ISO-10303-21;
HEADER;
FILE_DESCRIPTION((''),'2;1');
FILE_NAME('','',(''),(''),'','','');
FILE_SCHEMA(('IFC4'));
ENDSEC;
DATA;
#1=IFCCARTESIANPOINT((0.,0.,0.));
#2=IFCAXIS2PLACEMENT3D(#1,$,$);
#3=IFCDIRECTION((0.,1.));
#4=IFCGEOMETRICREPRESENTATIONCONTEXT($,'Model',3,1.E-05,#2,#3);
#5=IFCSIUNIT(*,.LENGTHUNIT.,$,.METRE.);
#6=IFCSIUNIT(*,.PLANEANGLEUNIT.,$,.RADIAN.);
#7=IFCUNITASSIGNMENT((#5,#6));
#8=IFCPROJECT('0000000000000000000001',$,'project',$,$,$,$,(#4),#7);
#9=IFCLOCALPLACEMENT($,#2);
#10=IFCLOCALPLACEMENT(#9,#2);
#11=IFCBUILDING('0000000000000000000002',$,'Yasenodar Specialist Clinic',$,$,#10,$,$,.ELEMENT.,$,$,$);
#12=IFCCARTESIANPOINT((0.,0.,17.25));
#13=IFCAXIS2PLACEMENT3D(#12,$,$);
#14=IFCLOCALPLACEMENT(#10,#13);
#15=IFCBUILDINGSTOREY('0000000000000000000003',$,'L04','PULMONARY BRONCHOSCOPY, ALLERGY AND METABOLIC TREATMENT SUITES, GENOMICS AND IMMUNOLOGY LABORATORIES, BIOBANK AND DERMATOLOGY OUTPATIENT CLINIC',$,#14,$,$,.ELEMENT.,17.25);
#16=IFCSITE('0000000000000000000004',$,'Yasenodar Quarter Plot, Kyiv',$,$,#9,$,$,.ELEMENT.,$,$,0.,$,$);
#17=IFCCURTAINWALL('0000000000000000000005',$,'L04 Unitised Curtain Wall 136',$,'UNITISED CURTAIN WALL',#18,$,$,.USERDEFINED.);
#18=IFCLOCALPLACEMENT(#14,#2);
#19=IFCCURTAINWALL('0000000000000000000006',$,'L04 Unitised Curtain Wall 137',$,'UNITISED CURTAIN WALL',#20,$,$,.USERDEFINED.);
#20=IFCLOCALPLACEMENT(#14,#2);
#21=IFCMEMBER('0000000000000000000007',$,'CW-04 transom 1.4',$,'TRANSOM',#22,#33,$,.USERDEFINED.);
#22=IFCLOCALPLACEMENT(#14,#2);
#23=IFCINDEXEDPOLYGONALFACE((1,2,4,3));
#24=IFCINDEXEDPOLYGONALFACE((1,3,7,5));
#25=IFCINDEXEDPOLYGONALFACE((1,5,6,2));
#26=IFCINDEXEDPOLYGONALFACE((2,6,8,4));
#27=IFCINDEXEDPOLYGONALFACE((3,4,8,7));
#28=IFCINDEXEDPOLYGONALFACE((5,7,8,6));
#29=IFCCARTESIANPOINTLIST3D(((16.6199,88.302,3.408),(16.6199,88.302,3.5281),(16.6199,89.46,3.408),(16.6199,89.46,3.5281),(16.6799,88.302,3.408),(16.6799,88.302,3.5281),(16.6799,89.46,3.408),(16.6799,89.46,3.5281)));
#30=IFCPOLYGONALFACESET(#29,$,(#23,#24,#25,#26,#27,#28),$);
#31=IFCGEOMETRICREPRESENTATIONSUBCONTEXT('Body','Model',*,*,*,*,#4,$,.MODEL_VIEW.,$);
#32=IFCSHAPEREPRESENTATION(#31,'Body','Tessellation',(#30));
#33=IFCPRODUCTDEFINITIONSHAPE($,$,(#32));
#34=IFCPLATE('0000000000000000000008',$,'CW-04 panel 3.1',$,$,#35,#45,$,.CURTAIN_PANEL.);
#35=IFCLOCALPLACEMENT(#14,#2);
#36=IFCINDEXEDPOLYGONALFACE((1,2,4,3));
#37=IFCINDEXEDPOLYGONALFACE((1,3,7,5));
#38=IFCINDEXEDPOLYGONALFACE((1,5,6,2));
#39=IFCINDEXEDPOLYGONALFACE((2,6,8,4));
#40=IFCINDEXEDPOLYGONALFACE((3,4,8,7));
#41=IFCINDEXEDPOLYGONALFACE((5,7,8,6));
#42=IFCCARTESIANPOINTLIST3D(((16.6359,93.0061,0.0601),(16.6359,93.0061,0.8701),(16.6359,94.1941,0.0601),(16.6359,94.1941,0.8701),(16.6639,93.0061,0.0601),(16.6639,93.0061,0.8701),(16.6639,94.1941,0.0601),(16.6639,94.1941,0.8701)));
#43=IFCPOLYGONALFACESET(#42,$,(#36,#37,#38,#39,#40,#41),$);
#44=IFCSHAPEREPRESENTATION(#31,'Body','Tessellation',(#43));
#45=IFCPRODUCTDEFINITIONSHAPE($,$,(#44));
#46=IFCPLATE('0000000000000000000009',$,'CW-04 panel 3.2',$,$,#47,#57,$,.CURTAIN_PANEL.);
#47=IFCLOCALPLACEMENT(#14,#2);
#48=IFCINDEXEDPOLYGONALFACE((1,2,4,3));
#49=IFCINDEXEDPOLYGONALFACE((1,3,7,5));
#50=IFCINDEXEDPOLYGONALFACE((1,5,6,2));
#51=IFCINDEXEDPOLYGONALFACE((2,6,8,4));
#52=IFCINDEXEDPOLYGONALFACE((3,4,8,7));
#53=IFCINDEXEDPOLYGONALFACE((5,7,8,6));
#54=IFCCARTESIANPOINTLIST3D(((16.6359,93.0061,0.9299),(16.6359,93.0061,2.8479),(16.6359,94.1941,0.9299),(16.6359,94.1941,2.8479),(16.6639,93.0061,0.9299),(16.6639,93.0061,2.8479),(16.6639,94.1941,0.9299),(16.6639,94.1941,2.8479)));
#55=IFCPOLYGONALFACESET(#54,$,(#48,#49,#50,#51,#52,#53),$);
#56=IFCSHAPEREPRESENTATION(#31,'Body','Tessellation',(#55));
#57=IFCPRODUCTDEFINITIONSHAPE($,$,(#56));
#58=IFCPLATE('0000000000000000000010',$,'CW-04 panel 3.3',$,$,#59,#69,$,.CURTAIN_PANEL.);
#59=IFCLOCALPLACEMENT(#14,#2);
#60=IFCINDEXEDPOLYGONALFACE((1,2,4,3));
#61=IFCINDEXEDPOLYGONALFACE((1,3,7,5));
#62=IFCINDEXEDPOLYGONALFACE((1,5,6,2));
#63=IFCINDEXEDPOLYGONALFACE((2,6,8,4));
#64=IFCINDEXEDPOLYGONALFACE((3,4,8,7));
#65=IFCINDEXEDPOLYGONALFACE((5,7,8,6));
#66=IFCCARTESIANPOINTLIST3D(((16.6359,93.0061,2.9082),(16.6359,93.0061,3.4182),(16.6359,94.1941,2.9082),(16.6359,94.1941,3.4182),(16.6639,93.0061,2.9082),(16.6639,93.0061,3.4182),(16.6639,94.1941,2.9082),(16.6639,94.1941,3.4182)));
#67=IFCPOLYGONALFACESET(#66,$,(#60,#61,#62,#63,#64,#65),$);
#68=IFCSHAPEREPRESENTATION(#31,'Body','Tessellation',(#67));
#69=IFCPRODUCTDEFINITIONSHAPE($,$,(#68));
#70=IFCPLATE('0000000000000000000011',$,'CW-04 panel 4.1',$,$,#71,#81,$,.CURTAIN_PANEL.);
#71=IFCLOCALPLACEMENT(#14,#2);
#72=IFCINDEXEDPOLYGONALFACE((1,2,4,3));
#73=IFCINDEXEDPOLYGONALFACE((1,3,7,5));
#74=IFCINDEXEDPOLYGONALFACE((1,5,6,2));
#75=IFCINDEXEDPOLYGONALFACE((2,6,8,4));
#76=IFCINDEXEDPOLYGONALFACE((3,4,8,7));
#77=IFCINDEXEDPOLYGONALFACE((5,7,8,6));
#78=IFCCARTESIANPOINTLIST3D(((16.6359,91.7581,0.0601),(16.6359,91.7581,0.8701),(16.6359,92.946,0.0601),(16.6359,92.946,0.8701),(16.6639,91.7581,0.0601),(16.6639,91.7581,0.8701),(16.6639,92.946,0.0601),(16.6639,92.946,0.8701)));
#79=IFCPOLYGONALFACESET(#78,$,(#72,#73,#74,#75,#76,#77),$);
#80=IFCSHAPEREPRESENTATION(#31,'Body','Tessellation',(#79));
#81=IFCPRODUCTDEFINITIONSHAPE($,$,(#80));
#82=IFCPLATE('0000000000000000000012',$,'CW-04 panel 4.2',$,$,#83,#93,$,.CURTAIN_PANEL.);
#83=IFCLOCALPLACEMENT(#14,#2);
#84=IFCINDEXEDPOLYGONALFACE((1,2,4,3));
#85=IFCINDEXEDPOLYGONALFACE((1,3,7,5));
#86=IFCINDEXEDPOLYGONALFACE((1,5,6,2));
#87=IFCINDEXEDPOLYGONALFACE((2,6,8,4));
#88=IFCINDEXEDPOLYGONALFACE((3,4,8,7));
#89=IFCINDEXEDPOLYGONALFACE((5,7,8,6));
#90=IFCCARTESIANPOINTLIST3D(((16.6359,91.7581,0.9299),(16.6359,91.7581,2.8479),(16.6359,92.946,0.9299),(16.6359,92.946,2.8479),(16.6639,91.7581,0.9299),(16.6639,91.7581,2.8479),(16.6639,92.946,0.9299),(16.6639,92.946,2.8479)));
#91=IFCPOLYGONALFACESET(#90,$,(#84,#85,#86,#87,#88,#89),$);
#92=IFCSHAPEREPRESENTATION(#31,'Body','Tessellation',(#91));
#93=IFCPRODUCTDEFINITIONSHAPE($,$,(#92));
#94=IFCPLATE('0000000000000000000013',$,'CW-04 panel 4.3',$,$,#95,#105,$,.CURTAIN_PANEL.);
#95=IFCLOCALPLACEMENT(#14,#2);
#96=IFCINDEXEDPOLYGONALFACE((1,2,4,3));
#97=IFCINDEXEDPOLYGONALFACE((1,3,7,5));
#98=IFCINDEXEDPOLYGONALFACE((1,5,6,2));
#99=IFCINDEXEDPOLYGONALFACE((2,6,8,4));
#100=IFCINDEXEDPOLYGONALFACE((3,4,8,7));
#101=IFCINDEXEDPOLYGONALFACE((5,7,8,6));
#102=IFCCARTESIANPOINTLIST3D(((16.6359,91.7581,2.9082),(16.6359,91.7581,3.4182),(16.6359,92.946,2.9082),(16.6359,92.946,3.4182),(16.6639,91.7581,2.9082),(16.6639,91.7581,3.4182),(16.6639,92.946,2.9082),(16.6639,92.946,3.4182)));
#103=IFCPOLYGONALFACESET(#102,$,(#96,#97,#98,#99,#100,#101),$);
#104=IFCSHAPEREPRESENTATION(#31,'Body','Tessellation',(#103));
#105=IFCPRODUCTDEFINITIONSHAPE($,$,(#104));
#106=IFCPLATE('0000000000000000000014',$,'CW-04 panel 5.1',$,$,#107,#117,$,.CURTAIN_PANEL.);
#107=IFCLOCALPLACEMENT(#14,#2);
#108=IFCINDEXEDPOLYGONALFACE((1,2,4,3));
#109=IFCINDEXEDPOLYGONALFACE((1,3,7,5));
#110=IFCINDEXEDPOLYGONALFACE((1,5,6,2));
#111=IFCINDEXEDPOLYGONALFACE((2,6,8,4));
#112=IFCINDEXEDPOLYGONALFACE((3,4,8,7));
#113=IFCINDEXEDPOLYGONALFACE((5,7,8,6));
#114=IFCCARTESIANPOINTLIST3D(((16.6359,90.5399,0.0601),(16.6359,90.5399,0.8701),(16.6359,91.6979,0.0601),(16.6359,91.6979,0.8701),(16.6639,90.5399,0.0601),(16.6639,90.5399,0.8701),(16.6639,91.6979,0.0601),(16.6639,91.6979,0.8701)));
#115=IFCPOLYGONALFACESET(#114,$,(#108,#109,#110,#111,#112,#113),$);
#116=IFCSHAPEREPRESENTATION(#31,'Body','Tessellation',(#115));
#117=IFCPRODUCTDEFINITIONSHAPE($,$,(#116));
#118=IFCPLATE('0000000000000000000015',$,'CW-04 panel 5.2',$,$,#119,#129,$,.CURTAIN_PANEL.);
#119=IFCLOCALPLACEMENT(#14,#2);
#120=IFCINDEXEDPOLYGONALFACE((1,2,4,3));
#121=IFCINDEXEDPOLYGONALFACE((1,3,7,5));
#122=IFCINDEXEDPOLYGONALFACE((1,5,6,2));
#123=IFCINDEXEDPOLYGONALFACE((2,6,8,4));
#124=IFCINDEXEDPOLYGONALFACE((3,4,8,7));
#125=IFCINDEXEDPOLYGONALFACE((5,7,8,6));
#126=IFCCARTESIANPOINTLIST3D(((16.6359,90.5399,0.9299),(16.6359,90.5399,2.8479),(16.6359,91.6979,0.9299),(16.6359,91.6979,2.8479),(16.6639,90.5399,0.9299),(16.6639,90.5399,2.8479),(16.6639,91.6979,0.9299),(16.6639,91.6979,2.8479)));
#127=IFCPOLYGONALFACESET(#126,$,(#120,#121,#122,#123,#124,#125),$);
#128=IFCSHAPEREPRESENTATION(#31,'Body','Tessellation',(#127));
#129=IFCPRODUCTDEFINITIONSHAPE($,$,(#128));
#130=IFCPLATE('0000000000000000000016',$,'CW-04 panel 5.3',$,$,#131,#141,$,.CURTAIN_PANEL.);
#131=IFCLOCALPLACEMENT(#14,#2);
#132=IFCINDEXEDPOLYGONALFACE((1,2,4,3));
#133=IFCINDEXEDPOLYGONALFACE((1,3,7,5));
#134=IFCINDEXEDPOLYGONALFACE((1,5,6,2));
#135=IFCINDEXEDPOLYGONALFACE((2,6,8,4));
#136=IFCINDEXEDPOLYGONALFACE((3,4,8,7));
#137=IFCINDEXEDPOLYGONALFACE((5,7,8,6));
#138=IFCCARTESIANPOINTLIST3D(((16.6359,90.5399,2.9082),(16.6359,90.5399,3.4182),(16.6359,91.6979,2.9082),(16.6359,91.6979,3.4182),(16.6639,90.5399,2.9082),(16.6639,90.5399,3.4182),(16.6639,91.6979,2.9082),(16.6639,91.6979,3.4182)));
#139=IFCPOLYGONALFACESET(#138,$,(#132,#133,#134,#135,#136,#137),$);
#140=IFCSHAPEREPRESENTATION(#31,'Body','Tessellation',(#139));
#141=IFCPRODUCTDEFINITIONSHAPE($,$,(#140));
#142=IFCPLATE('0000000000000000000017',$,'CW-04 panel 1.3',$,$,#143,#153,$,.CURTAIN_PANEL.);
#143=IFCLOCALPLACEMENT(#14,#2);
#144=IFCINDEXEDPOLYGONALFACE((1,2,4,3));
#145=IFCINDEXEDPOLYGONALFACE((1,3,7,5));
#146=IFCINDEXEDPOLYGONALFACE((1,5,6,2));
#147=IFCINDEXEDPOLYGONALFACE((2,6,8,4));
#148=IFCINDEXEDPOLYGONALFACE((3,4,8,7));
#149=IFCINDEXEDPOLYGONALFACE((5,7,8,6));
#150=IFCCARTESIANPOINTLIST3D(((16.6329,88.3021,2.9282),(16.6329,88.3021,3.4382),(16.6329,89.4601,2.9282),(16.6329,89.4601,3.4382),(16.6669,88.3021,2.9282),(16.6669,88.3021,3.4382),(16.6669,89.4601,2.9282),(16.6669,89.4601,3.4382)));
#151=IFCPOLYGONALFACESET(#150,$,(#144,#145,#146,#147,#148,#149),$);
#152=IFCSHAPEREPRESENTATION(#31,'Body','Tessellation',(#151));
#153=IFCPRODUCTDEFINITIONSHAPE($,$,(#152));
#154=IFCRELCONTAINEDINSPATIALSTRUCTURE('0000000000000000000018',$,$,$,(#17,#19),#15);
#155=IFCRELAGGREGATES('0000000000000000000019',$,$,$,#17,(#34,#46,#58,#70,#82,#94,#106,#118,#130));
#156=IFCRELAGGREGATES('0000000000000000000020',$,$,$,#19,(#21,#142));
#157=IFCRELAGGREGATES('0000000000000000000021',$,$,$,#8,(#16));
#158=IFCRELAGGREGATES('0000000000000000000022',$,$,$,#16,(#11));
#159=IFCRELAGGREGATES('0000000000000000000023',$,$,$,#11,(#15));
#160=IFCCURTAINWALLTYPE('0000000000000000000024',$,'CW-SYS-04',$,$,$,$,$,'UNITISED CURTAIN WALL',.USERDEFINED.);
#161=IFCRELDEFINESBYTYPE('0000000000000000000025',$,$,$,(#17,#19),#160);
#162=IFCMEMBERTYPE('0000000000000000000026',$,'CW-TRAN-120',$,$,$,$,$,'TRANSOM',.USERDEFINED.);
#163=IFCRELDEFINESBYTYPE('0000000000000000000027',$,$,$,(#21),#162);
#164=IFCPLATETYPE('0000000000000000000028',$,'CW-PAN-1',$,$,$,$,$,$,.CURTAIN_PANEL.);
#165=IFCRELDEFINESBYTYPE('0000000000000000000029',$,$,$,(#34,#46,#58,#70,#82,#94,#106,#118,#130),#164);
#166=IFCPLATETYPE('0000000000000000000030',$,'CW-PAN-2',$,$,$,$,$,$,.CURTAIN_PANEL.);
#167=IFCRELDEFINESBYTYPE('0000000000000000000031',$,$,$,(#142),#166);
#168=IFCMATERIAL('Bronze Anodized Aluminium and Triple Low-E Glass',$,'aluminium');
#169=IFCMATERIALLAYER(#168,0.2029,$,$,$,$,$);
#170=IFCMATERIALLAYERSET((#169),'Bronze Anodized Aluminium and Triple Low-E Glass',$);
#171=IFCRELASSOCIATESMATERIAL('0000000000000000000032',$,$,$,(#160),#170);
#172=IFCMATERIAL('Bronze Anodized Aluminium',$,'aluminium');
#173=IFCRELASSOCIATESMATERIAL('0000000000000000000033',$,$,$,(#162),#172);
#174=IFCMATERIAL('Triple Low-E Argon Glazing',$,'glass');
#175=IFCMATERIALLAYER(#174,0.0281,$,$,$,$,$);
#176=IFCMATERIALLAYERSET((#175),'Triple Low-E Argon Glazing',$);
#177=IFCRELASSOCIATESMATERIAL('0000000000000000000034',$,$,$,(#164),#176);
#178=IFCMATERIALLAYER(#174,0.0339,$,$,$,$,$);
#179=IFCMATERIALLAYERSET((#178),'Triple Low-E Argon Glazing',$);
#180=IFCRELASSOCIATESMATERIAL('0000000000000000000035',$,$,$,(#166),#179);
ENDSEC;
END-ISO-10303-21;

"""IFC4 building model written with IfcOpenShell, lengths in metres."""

from ifc_helpers import new_model, si_unit, direction, frame, origin, origin_2d, place, context, subcontext, project, spatial, rectangle, extrude, material, layer, layer_set, material_profile, profile_set, type_object, element, aggregate, save


model = new_model("IFC4")

# Units and contexts
model_context = context("Model", 3, precision=1e-05, world=origin(), true_north=direction((0.0, 1.0)))
body_context = subcontext(model_context, "Body", "Model", "MODEL_VIEW")
ifc_project = project(units=[si_unit("LENGTHUNIT", "METRE"), si_unit("PLANEANGLEUNIT", "RADIAN")], contexts=[model_context])

# Site, building, storey
site_placement = place(None, origin())
site = spatial("IfcSite", under=ifc_project, at=site_placement, Name="Yasenodar Quarter Plot, Kyiv", CompositionType="ELEMENT", RefElevation=0.0)
building_placement = place(site_placement, origin())
building = spatial("IfcBuilding", under=site, at=building_placement, Name="Yasenodar Specialist Clinic", CompositionType="ELEMENT")
storey_placement = place(building_placement, frame((0.0, 0.0, 17.25)))
storey = spatial("IfcBuildingStorey", under=building, at=storey_placement, Name="L04", Description="PULMONARY BRONCHOSCOPY, ALLERGY AND METABOLIC TREATMENT SUITES, GENOMICS AND IMMUNOLOGY LABORATORIES, BIOBANK AND DERMATOLOGY OUTPATIENT CLINIC", CompositionType="ELEMENT", Elevation=17.25)

# Curtain wall
ifc_material_1 = material(Name="Bronze Anodized Aluminium and Triple Low-E Glass", Category="aluminium")
ifc_layer_1 = layer(ifc_material_1, 0.2029)
ifc_layer_set_1 = layer_set([ifc_layer_1], Name="Bronze Anodized Aluminium and Triple Low-E Glass")
curtain_wall_type = type_object("IfcCurtainWallType", Name="CW-SYS-04", ElementType="UNITISED CURTAIN WALL", PredefinedType="USERDEFINED", material=ifc_layer_set_1)
curtain_wall_1_placement = place(storey_placement, origin())
curtain_wall_1 = element("IfcCurtainWall", 1, at=curtain_wall_1_placement, inside=storey, type_object=curtain_wall_type, Name="L04 Unitised Curtain Wall 136", ObjectType="UNITISED CURTAIN WALL", PredefinedType="USERDEFINED")
ifc_material_2 = material(Name="Bronze Anodized Aluminium", Category="aluminium")

# Curtain wall
curtain_wall_2_placement = place(storey_placement, origin())
curtain_wall_2 = element("IfcCurtainWall", 2, at=curtain_wall_2_placement, inside=storey, type_object=curtain_wall_type, Name="L04 Unitised Curtain Wall 137", ObjectType="UNITISED CURTAIN WALL", PredefinedType="USERDEFINED")

# Member
ifc_material_profile_1 = material_profile(ifc_material_2, rectangle(XDim=0.0601, YDim=0.1201, at=origin_2d()), Name="CW-TRAN 60x120")
ifc_profile_set_1 = profile_set([ifc_material_profile_1], Name="Bronze Anodized Aluminium")
member_type_1 = type_object("IfcMemberType", Name="CW-TRAN-120", ElementType="TRANSOM", PredefinedType="USERDEFINED", material=ifc_profile_set_1)
member_1_placement = place(storey_placement, frame((16.6499, 89.46, 3.468), z_axis=(0.0, -1.0, 0.0), x_axis=(1.0, 0.0, 0.0)))
member_1 = element("IfcMember", 3, at=member_1_placement, type_object=member_type_1, Name="CW-04 transom 1.4", ObjectType="TRANSOM", PredefinedType="USERDEFINED", context=body_context, shape_type="SweptSolid", body=[
    extrude(rectangle(XDim=0.0601, YDim=0.1201, at=origin_2d()), origin(), (0.0, 0.0, 1.0), 1.158),
])

# Plates
ifc_material_3 = material(Name="Triple Low-E Argon Glazing", Category="glass")
ifc_layer_2 = layer(ifc_material_3, 0.0281)
ifc_layer_set_2 = layer_set([ifc_layer_2], Name="Triple Low-E Argon Glazing")
plate_type_1 = type_object("IfcPlateType", Name="CW-PAN-1", PredefinedType="CURTAIN_PANEL", material=ifc_layer_set_2)
plate_1_placement = place(storey_placement, frame((16.6499, 93.6001, 0.0601), z_axis=(0.0, 0.0, 1.0), x_axis=(0.0, -1.0, 0.0)))
plate_1 = element("IfcPlate", 4, at=plate_1_placement, type_object=plate_type_1, Name="CW-04 panel 3.1", PredefinedType="CURTAIN_PANEL", context=body_context, shape_type="SweptSolid", body=[
    extrude(rectangle(XDim=1.188, YDim=0.0281, at=origin_2d()), origin(), (0.0, 0.0, 1.0), 0.8101),
])
plate_2_placement = place(storey_placement, frame((16.6499, 93.6001, 0.9299), z_axis=(0.0, 0.0, 1.0), x_axis=(0.0, -1.0, 0.0)))
plate_2 = element("IfcPlate", 5, at=plate_2_placement, type_object=plate_type_1, Name="CW-04 panel 3.2", PredefinedType="CURTAIN_PANEL", context=body_context, shape_type="SweptSolid", body=[
    extrude(rectangle(XDim=1.188, YDim=0.0281, at=origin_2d()), origin(), (0.0, 0.0, 1.0), 1.918),
])
plate_3_placement = place(storey_placement, frame((16.6499, 93.6001, 2.9082), z_axis=(0.0, 0.0, 1.0), x_axis=(0.0, -1.0, 0.0)))
plate_3 = element("IfcPlate", 6, at=plate_3_placement, type_object=plate_type_1, Name="CW-04 panel 3.3", PredefinedType="CURTAIN_PANEL", context=body_context, shape_type="SweptSolid", body=[
    extrude(rectangle(XDim=1.188, YDim=0.0281, at=origin_2d()), origin(), (0.0, 0.0, 1.0), 0.51),
])
plate_4_placement = place(storey_placement, frame((16.6499, 92.3521, 0.0601), z_axis=(0.0, 0.0, 1.0), x_axis=(0.0, -1.0, 0.0)))
plate_4 = element("IfcPlate", 7, at=plate_4_placement, type_object=plate_type_1, Name="CW-04 panel 4.1", PredefinedType="CURTAIN_PANEL", context=body_context, shape_type="SweptSolid", body=[
    extrude(rectangle(XDim=1.188, YDim=0.0281, at=origin_2d()), origin(), (0.0, 0.0, 1.0), 0.8101),
])
plate_5_placement = place(storey_placement, frame((16.6499, 92.3521, 0.9299), z_axis=(0.0, 0.0, 1.0), x_axis=(0.0, -1.0, 0.0)))
plate_5 = element("IfcPlate", 8, at=plate_5_placement, type_object=plate_type_1, Name="CW-04 panel 4.2", PredefinedType="CURTAIN_PANEL", context=body_context, shape_type="SweptSolid", body=[
    extrude(rectangle(XDim=1.188, YDim=0.0281, at=origin_2d()), origin(), (0.0, 0.0, 1.0), 1.918),
])
plate_6_placement = place(storey_placement, frame((16.6499, 92.3521, 2.9082), z_axis=(0.0, 0.0, 1.0), x_axis=(0.0, -1.0, 0.0)))
plate_6 = element("IfcPlate", 9, at=plate_6_placement, type_object=plate_type_1, Name="CW-04 panel 4.3", PredefinedType="CURTAIN_PANEL", context=body_context, shape_type="SweptSolid", body=[
    extrude(rectangle(XDim=1.188, YDim=0.0281, at=origin_2d()), origin(), (0.0, 0.0, 1.0), 0.51),
])
plate_7_placement = place(storey_placement, frame((16.6499, 91.1189, 0.0601), z_axis=(0.0, 0.0, 1.0), x_axis=(0.0, -1.0, 0.0)))
plate_7 = element("IfcPlate", 10, at=plate_7_placement, type_object=plate_type_1, Name="CW-04 panel 5.1", PredefinedType="CURTAIN_PANEL", context=body_context, shape_type="SweptSolid", body=[
    extrude(rectangle(XDim=1.158, YDim=0.0281, at=origin_2d()), origin(), (0.0, 0.0, 1.0), 0.8101),
])
plate_8_placement = place(storey_placement, frame((16.6499, 91.1189, 0.9299), z_axis=(0.0, 0.0, 1.0), x_axis=(0.0, -1.0, 0.0)))
plate_8 = element("IfcPlate", 11, at=plate_8_placement, type_object=plate_type_1, Name="CW-04 panel 5.2", PredefinedType="CURTAIN_PANEL", context=body_context, shape_type="SweptSolid", body=[
    extrude(rectangle(XDim=1.158, YDim=0.0281, at=origin_2d()), origin(), (0.0, 0.0, 1.0), 1.918),
])
plate_9_placement = place(storey_placement, frame((16.6499, 91.1189, 2.9082), z_axis=(0.0, 0.0, 1.0), x_axis=(0.0, -1.0, 0.0)))
plate_9 = element("IfcPlate", 12, at=plate_9_placement, type_object=plate_type_1, Name="CW-04 panel 5.3", PredefinedType="CURTAIN_PANEL", context=body_context, shape_type="SweptSolid", body=[
    extrude(rectangle(XDim=1.158, YDim=0.0281, at=origin_2d()), origin(), (0.0, 0.0, 1.0), 0.51),
])
aggregate(curtain_wall_1, [plate_1, plate_2, plate_3, plate_4, plate_5, plate_6, plate_7, plate_8, plate_9])
ifc_layer_3 = layer(ifc_material_3, 0.0339)
ifc_layer_set_3 = layer_set([ifc_layer_3], Name="Triple Low-E Argon Glazing")
plate_type_2 = type_object("IfcPlateType", Name="CW-PAN-2", PredefinedType="CURTAIN_PANEL", material=ifc_layer_set_3)
plate_10_placement = place(storey_placement, frame((16.6499, 88.8811, 2.9282), z_axis=(0.0, 0.0, 1.0), x_axis=(0.0, -1.0, 0.0)))
plate_10 = element("IfcPlate", 13, at=plate_10_placement, type_object=plate_type_2, Name="CW-04 panel 1.3", PredefinedType="CURTAIN_PANEL", context=body_context, shape_type="SweptSolid", body=[
    extrude(rectangle(XDim=1.158, YDim=0.0339, at=origin_2d()), origin(), (0.0, 0.0, 1.0), 0.51),
])
aggregate(curtain_wall_2, [member_1, plate_10])

save(model, "model.ifc")
